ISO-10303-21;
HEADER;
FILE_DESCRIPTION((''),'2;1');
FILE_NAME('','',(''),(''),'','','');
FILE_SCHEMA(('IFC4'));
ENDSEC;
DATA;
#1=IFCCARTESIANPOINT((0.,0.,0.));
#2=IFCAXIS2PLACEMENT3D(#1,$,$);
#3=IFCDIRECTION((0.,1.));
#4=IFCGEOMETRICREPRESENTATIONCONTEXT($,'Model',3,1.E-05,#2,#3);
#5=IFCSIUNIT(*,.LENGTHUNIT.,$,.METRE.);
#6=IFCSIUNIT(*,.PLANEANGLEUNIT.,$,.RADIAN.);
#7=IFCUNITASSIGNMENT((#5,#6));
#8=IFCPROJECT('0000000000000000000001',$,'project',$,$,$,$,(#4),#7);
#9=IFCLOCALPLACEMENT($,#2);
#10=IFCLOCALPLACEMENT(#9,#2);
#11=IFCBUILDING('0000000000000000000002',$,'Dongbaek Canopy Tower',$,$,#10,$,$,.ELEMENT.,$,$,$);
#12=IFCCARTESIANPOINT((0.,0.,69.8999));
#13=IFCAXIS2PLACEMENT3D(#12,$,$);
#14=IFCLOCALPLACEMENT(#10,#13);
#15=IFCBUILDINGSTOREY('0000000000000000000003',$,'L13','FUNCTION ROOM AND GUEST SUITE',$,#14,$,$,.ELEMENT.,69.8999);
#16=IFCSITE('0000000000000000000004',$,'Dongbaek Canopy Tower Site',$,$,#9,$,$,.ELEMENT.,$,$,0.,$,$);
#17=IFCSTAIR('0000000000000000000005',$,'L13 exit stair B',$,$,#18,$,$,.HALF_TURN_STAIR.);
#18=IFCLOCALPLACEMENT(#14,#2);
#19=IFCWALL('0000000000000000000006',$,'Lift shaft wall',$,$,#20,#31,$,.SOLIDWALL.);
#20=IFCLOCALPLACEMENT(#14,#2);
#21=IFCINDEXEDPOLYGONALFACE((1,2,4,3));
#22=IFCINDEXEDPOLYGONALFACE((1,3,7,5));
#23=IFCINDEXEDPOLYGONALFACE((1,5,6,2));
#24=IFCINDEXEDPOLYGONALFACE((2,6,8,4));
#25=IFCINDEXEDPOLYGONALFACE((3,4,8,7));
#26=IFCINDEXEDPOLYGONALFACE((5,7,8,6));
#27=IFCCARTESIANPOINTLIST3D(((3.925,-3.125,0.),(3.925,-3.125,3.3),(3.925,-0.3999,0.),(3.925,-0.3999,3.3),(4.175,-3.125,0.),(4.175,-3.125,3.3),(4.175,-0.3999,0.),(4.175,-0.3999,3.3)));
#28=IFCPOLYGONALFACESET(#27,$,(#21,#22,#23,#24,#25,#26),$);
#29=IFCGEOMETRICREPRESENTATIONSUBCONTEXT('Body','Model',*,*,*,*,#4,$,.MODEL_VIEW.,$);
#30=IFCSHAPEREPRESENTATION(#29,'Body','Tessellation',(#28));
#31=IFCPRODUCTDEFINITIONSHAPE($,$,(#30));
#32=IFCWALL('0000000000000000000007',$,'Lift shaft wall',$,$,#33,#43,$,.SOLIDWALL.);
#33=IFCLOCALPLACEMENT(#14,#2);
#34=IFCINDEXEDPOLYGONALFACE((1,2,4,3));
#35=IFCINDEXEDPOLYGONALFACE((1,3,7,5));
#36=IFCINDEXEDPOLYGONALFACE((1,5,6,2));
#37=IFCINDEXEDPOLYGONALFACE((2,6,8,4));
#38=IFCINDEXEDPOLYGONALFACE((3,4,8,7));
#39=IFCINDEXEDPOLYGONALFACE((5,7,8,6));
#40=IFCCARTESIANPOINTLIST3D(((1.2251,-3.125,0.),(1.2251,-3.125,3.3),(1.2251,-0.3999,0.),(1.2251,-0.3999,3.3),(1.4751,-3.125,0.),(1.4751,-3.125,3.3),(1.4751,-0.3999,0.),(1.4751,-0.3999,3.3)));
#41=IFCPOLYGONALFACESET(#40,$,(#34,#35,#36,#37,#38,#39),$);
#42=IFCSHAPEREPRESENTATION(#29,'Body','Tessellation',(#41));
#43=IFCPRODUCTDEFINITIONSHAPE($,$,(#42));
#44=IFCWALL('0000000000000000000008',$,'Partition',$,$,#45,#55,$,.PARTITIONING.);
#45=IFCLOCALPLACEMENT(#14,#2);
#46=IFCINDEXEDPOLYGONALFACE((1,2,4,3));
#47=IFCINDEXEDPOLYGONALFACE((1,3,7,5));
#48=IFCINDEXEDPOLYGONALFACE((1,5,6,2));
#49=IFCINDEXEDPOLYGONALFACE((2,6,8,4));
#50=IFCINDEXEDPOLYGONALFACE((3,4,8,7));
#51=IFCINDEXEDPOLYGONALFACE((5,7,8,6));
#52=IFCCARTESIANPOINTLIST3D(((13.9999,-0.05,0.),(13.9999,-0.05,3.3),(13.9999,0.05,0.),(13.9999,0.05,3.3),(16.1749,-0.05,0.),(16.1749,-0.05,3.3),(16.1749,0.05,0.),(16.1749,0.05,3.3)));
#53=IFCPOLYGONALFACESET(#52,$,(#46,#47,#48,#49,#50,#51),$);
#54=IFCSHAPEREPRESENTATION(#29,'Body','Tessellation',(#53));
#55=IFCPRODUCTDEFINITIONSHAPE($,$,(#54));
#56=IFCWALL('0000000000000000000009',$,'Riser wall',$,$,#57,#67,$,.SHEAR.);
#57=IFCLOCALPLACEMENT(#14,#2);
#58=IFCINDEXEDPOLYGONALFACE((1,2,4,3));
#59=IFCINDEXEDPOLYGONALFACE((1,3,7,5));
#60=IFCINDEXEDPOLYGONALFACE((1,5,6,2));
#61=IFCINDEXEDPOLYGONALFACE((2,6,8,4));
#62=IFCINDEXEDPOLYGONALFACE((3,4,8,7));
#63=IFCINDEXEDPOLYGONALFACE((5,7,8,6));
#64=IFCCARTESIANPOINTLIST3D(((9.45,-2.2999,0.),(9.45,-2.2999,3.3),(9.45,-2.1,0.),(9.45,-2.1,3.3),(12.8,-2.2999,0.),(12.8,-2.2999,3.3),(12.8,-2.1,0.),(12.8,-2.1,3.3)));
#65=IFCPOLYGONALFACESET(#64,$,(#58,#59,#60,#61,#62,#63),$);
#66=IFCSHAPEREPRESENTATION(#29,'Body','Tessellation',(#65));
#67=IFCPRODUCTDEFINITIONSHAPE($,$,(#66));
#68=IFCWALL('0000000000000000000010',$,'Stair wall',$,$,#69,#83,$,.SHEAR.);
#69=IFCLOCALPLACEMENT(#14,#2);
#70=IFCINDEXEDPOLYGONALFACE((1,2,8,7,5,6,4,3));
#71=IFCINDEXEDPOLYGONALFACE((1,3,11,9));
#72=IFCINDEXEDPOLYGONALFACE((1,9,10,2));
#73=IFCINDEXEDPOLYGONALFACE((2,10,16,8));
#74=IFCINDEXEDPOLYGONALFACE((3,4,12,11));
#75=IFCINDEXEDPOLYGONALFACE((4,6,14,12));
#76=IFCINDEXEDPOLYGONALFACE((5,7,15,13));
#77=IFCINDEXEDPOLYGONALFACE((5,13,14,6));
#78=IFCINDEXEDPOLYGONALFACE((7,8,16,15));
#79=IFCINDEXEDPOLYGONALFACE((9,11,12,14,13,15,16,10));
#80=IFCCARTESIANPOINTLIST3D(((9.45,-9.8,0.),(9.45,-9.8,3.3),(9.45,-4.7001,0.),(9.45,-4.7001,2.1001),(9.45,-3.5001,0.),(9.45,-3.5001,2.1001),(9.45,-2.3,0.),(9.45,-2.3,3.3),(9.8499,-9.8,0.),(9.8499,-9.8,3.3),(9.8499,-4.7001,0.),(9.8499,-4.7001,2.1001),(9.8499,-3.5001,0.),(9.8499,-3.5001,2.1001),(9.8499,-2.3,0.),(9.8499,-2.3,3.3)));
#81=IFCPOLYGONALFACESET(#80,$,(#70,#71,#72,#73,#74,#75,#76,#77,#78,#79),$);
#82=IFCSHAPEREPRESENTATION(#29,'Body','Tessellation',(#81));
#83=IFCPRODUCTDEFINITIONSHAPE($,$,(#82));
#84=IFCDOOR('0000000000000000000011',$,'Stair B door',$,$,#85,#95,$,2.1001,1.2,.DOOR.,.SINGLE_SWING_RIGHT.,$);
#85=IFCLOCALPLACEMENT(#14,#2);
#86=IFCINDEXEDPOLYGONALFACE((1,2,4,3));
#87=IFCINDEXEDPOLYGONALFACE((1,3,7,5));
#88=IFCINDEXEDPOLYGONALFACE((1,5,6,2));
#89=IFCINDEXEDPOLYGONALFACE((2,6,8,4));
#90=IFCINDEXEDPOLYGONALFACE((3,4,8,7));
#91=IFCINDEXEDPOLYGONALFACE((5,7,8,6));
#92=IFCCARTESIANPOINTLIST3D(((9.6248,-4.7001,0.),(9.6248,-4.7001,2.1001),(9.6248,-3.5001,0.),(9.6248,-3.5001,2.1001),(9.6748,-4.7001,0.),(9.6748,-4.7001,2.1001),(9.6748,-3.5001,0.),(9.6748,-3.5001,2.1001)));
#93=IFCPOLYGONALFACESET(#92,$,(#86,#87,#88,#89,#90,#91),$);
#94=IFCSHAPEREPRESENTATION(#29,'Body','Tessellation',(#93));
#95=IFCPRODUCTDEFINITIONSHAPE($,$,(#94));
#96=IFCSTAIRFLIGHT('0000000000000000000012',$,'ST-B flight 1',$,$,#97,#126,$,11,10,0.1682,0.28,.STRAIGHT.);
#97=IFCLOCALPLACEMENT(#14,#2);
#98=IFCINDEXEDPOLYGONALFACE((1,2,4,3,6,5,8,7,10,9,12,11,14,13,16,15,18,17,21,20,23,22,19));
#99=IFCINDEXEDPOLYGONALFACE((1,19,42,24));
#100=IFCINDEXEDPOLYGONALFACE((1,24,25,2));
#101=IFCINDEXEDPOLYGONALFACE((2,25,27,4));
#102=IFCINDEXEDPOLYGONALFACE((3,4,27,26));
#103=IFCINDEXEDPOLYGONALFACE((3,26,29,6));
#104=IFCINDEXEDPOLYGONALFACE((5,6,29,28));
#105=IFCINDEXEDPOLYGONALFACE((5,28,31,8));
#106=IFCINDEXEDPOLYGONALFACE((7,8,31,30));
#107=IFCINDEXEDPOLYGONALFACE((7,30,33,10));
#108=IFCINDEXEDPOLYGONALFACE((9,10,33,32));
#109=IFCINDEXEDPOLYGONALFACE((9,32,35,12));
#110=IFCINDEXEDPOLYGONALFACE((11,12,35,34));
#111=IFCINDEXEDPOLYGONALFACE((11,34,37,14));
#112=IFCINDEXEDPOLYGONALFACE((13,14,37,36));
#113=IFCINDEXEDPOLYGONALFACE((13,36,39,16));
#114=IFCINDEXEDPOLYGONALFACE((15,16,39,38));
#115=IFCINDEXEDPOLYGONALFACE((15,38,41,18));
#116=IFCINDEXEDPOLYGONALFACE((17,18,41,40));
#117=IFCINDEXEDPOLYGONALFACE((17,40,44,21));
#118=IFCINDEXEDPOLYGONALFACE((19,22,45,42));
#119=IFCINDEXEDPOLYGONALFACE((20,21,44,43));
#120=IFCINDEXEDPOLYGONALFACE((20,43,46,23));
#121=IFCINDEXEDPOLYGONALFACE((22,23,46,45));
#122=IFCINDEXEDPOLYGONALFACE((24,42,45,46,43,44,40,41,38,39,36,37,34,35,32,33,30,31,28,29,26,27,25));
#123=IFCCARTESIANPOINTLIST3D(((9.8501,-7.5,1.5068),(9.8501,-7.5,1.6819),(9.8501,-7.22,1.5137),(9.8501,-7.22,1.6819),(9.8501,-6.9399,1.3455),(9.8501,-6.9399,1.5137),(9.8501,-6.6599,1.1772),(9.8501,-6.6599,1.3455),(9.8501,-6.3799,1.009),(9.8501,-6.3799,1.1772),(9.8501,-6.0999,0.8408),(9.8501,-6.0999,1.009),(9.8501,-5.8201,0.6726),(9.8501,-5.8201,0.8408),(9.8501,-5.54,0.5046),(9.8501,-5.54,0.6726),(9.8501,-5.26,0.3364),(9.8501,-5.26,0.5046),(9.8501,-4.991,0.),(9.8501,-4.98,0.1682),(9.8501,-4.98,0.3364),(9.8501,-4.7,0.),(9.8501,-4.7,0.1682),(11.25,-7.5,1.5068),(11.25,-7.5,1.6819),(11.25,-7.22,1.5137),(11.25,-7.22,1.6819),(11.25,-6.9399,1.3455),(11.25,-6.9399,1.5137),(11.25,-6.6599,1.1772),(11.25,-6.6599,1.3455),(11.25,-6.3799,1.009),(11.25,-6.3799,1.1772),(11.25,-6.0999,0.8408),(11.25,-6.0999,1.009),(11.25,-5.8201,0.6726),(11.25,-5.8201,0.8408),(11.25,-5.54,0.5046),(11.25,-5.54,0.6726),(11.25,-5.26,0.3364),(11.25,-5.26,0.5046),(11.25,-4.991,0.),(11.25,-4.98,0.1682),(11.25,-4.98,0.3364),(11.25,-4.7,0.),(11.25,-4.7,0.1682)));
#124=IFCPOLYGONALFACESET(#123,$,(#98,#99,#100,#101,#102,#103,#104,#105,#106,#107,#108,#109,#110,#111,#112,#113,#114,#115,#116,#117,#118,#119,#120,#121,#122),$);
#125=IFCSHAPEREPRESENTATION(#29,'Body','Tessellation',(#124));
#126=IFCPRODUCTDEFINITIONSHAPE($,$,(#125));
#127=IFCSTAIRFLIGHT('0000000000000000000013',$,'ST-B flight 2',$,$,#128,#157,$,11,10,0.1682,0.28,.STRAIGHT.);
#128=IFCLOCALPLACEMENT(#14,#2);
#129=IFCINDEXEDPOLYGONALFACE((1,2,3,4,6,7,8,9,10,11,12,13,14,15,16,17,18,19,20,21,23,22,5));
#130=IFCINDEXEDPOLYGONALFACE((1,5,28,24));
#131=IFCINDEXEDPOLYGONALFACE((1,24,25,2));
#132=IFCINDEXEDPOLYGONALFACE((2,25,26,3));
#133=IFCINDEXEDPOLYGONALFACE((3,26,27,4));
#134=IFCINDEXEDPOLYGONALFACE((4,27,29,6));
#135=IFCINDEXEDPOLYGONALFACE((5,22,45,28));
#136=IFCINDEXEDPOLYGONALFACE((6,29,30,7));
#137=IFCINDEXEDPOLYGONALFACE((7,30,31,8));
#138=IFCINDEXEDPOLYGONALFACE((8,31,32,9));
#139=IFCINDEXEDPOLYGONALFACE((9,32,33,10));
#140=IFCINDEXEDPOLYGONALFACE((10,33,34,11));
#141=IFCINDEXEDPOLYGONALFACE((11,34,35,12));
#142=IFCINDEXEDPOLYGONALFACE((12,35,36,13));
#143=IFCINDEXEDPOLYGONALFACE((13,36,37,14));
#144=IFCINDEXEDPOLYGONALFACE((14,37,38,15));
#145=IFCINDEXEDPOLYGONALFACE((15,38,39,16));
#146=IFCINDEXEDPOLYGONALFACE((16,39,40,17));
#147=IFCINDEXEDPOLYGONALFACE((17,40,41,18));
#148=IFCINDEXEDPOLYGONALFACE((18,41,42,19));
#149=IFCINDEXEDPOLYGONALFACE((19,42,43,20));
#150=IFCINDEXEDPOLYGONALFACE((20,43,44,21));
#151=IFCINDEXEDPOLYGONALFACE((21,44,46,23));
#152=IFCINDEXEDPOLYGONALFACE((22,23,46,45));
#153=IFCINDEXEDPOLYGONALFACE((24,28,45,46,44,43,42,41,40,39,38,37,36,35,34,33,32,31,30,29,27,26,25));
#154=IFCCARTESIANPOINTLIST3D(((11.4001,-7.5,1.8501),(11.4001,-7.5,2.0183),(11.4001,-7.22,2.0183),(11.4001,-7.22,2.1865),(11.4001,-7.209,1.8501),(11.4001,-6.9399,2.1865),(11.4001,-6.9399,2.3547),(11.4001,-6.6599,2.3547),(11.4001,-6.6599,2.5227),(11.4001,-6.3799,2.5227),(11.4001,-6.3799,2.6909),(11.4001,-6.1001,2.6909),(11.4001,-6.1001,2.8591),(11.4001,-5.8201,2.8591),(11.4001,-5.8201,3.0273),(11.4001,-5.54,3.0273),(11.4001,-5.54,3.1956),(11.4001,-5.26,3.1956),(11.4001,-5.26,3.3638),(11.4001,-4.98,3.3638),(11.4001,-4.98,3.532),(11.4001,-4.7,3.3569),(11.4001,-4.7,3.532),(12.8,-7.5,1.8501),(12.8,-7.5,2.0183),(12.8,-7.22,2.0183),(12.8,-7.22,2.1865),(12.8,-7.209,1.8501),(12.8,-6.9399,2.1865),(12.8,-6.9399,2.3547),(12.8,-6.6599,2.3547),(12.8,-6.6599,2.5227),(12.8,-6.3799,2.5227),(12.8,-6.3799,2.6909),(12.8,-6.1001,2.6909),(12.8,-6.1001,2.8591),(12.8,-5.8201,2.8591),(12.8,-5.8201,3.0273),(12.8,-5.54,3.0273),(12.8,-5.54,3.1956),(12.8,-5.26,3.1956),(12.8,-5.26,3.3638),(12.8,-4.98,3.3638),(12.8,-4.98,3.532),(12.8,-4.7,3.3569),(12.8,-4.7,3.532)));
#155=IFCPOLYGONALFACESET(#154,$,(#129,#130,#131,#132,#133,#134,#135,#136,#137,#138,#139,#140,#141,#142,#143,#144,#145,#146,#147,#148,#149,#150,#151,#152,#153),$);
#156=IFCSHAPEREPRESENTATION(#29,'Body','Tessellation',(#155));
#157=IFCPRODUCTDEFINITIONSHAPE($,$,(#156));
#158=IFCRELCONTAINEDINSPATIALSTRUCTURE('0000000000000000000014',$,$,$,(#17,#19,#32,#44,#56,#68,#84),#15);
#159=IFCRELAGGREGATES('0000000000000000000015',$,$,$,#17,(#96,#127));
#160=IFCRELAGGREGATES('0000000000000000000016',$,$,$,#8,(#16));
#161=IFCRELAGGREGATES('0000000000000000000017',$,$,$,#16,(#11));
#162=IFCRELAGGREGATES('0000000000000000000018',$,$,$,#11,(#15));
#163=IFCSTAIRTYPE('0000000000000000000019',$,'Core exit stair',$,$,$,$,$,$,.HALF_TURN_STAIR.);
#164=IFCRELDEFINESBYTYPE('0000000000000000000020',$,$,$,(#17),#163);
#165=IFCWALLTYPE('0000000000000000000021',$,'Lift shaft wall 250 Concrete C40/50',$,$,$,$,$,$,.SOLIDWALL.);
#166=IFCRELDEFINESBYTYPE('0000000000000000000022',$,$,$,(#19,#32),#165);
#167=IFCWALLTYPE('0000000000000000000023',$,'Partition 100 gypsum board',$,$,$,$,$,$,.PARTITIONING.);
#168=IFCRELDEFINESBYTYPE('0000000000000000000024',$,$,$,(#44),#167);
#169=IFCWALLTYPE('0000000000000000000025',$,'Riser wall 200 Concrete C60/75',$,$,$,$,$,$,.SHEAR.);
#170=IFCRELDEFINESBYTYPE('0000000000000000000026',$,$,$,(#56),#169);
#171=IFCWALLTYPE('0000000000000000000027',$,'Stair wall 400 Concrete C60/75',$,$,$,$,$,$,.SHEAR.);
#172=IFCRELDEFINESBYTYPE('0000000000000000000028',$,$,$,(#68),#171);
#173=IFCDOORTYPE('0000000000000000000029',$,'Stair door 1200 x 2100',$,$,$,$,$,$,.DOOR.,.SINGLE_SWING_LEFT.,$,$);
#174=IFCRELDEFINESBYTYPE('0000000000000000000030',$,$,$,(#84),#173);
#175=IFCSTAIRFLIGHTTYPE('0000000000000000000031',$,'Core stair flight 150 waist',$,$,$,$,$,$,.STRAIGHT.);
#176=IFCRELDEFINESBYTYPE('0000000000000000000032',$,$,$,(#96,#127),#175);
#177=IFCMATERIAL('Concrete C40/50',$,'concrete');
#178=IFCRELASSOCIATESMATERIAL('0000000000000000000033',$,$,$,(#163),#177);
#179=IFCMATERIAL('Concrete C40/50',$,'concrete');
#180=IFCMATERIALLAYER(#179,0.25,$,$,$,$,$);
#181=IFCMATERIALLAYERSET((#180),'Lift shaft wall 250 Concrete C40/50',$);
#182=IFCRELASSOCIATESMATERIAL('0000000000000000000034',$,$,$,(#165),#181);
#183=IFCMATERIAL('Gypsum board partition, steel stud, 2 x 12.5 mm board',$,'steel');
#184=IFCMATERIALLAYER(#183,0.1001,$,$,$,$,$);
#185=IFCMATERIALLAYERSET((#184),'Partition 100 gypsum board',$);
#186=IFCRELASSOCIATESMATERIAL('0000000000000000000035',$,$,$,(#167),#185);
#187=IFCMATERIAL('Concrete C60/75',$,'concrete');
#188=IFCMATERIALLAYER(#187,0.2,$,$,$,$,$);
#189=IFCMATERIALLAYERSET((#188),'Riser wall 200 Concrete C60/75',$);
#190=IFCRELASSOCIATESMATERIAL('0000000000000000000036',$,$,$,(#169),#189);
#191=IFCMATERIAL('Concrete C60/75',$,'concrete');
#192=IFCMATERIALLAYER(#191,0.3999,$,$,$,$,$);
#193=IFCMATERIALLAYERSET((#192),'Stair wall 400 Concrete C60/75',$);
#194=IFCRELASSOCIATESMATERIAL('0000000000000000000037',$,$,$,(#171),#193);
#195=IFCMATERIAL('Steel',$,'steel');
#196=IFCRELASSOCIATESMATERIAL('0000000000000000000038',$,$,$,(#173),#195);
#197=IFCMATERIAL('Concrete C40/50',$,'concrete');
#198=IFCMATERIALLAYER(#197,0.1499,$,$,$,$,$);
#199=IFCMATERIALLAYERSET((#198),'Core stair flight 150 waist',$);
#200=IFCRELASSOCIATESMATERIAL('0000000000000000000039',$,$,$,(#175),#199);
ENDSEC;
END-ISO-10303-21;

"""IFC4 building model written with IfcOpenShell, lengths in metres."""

from ifc_helpers import new_model, si_unit, direction, frame, frame_2d, origin, place, context, subcontext, project, spatial, polyline, rectangle, outline, extrude, material, layer, layer_set, type_object, element, fill, aggregate, save


model = new_model("IFC4")

# Units and contexts
model_context = context("Model", 3, precision=1e-05, world=origin(), true_north=direction((0.0, 1.0)))
body_context = subcontext(model_context, "Body", "Model", "MODEL_VIEW")
ifc_project = project(units=[si_unit("LENGTHUNIT", "METRE"), si_unit("PLANEANGLEUNIT", "RADIAN")], contexts=[model_context])

# Site, building, storey
site_placement = place(None, origin())
site = spatial("IfcSite", under=ifc_project, at=site_placement, Name="Dongbaek Canopy Tower Site", CompositionType="ELEMENT", RefElevation=0.0)
building_placement = place(site_placement, origin())
building = spatial("IfcBuilding", under=site, at=building_placement, Name="Dongbaek Canopy Tower", CompositionType="ELEMENT")
storey_placement = place(building_placement, frame((0.0, 0.0, 69.8999)))
storey = spatial("IfcBuildingStorey", under=building, at=storey_placement, Name="L13", Description="FUNCTION ROOM AND GUEST SUITE", CompositionType="ELEMENT", Elevation=69.8999)

# Stair
ifc_material_1 = material(Name="Concrete C40/50", Category="concrete")
stair_type = type_object("IfcStairType", Name="Core exit stair", PredefinedType="HALF_TURN_STAIR", material=ifc_material_1)
stair_1_placement = place(storey_placement, origin())
stair_1 = element("IfcStair", 1, at=stair_1_placement, inside=storey, type_object=stair_type, Name="L13 exit stair B", PredefinedType="HALF_TURN_STAIR")

# Walls
ifc_material_2 = material(Name="Concrete C40/50", Category="concrete")
ifc_layer_1 = layer(ifc_material_2, 0.25)
ifc_layer_set_1 = layer_set([ifc_layer_1], Name="Lift shaft wall 250 Concrete C40/50")
wall_type_1 = type_object("IfcWallType", Name="Lift shaft wall 250 Concrete C40/50", PredefinedType="SOLIDWALL", material=ifc_layer_set_1)
for number, where, z_axis, x_axis, name in (
    (2, (4.05, -3.125, 0.0), (0.0, 0.0, 1.0), (0.0, 1.0, 0.0), "Lift shaft wall"),
    (3, (1.3501, -3.125, 0.0), (0.0, 0.0, 1.0), (0.0, 1.0, 0.0), "Lift shaft wall"),
):
    element("IfcWall", number, at=place(storey_placement, frame(where, z_axis=z_axis, x_axis=x_axis)), inside=storey, type_object=wall_type_1, Name=name, PredefinedType="SOLIDWALL", context=body_context, shape_type="SweptSolid", body=[
        extrude(rectangle(XDim=2.7251, YDim=0.25, at=frame_2d((1.3625, 0.0))), origin(), (0.0, 0.0, 1.0), 3.3),
    ])
ifc_material_3 = material(Name="Gypsum board partition, steel stud, 2 x 12.5 mm board", Category="steel")
ifc_layer_2 = layer(ifc_material_3, 0.1001)
ifc_layer_set_2 = layer_set([ifc_layer_2], Name="Partition 100 gypsum board")
wall_type_2 = type_object("IfcWallType", Name="Partition 100 gypsum board", PredefinedType="PARTITIONING", material=ifc_layer_set_2)
wall_1_placement = place(storey_placement, frame((14.0, 0.0, 0.0), z_axis=(0.0, 0.0, 1.0), x_axis=(1.0, 0.0, 0.0)))
element("IfcWall", 4, at=wall_1_placement, inside=storey, type_object=wall_type_2, Name="Partition", PredefinedType="PARTITIONING", context=body_context, shape_type="SweptSolid", body=[
    extrude(rectangle(XDim=2.175, YDim=0.1001, at=frame_2d((1.0874, 0.0))), origin(), (0.0, 0.0, 1.0), 3.3),
])
ifc_material_4 = material(Name="Concrete C60/75", Category="concrete")
ifc_layer_3 = layer(ifc_material_4, 0.2)
ifc_layer_set_3 = layer_set([ifc_layer_3], Name="Riser wall 200 Concrete C60/75")
wall_type_3 = type_object("IfcWallType", Name="Riser wall 200 Concrete C60/75", PredefinedType="SHEAR", material=ifc_layer_set_3)
wall_2_placement = place(storey_placement, frame((9.45, -2.2, 0.0), z_axis=(0.0, 0.0, 1.0), x_axis=(1.0, 0.0, 0.0)))
element("IfcWall", 5, at=wall_2_placement, inside=storey, type_object=wall_type_3, Name="Riser wall", PredefinedType="SHEAR", context=body_context, shape_type="SweptSolid", body=[
    extrude(rectangle(XDim=3.3501, YDim=0.2, at=frame_2d((1.675, 0.0))), origin(), (0.0, 0.0, 1.0), 3.3),
])

# Wall, opening, door
ifc_material_5 = material(Name="Concrete C60/75", Category="concrete")
ifc_layer_4 = layer(ifc_material_5, 0.3999)
ifc_layer_set_4 = layer_set([ifc_layer_4], Name="Stair wall 400 Concrete C60/75")
wall_type_4 = type_object("IfcWallType", Name="Stair wall 400 Concrete C60/75", PredefinedType="SHEAR", material=ifc_layer_set_4)
wall_3_placement = place(storey_placement, frame((9.6499, -2.3, 0.0), z_axis=(0.0, 0.0, 1.0), x_axis=(0.0, -1.0, 0.0)))
wall_3 = element("IfcWall", 6, at=wall_3_placement, inside=storey, type_object=wall_type_4, Name="Stair wall", PredefinedType="SHEAR", context=body_context, shape_type="SweptSolid", body=[
    extrude(rectangle(XDim=7.5, YDim=0.3999, at=frame_2d((3.75, 0.0))), origin(), (0.0, 0.0, 1.0), 3.3),
])
opening_1_placement = place(wall_3_placement, frame((1.2, 0.0, 0.0)))
opening_1 = element("IfcOpeningElement", 7, at=opening_1_placement, cuts=wall_3, PredefinedType="OPENING", context=body_context, shape_type="SweptSolid", body=[
    extrude(rectangle(XDim=1.2, YDim=2.1001, at=frame_2d((0.6001, 1.05))), frame((0.0, 0.21, 0.0), z_axis=(0.0, -1.0, 0.0), x_axis=(1.0, 0.0, 0.0)), (0.0, 0.0, 1.0), 0.4199),
])
ifc_material_6 = material(Name="Steel", Category="steel")
door_type_1 = type_object("IfcDoorType", Name="Stair door 1200 x 2100", OperationType="SINGLE_SWING_LEFT", PredefinedType="DOOR", material=ifc_material_6)
door_1_placement = place(opening_1_placement, origin())
door_1 = element("IfcDoor", 8, at=door_1_placement, inside=storey, type_object=door_type_1, Name="Stair B door", OperationType="SINGLE_SWING_RIGHT", OverallHeight=2.1001, OverallWidth=1.2, PredefinedType="DOOR", context=body_context, shape_type="SweptSolid", body=[
    extrude(rectangle(XDim=1.2, YDim=2.1001, at=frame_2d((0.6001, 1.05))), frame((0.0, 0.0249, 0.0), z_axis=(0.0, -1.0, 0.0), x_axis=(1.0, 0.0, 0.0)), (0.0, 0.0, 1.0), 0.05),
])
fill(opening_1, door_1)

# Stair flights
ifc_material_7 = material(Name="Concrete C40/50", Category="concrete")
ifc_layer_5 = layer(ifc_material_7, 0.1499)
ifc_layer_set_5 = layer_set([ifc_layer_5], Name="Core stair flight 150 waist")
stair_flight_type = type_object("IfcStairFlightType", Name="Core stair flight 150 waist", PredefinedType="STRAIGHT", material=ifc_layer_set_5)
stair_flight_1_placement = place(storey_placement, frame((10.55, -4.7, 0.0), z_axis=(0.0, 0.0, 1.0), x_axis=(0.0, -1.0, 0.0)))
stair_flight_1 = element("IfcStairFlight", 9, at=stair_flight_1_placement, type_object=stair_flight_type, Name="ST-B flight 1", NumberOfRisers=11, NumberOfTreads=10, PredefinedType="STRAIGHT", RiserHeight=0.1682, TreadLength=0.28, context=body_context, shape_type="SweptSolid", body=[
    extrude(outline(polyline([(0.0, 0.0), (0.0, 0.1682), (0.28, 0.1682), (0.28, 0.3364), (0.5601, 0.3364), (0.5601, 0.5046), (0.8401, 0.5046), (0.8401, 0.6726), (1.1201, 0.6726), (1.1201, 0.8408), (1.3999, 0.8408), (1.3999, 1.009), (1.6799, 1.009), (1.6799, 1.1772), (1.96, 1.1772), (1.96, 1.3455), (2.24, 1.3455), (2.24, 1.5137), (2.52, 1.5137), (2.52, 1.6819), (2.8, 1.6819), (2.8, 1.8501), (2.8, 1.5068), (0.291, 0.0), (0.0, 0.0)])), frame((0.0, 0.7, 0.0), z_axis=(0.0, -1.0, 0.0), x_axis=(1.0, 0.0, 0.0)), (0.0, 0.0, 1.0), 1.3999),
])
stair_flight_2_placement = place(storey_placement, frame((12.1001, -7.5, 1.8501), z_axis=(0.0, 0.0, 1.0), x_axis=(0.0, 1.0, 0.0)))
stair_flight_2 = element("IfcStairFlight", 10, at=stair_flight_2_placement, type_object=stair_flight_type, Name="ST-B flight 2", NumberOfRisers=11, NumberOfTreads=10, PredefinedType="STRAIGHT", RiserHeight=0.1682, TreadLength=0.28, context=body_context, shape_type="SweptSolid", body=[
    extrude(outline(polyline([(0.0, 0.0), (0.0, 0.1682), (0.28, 0.1682), (0.28, 0.3364), (0.5601, 0.3364), (0.5601, 0.5046), (0.8401, 0.5046), (0.8401, 0.6726), (1.1201, 0.6726), (1.1201, 0.8408), (1.3999, 0.8408), (1.3999, 1.009), (1.6799, 1.009), (1.6799, 1.1772), (1.96, 1.1772), (1.96, 1.3455), (2.24, 1.3455), (2.24, 1.5137), (2.52, 1.5137), (2.52, 1.6819), (2.8, 1.6819), (2.8, 1.8501), (2.8, 1.5068), (0.291, 0.0), (0.0, 0.0)])), frame((0.0, 0.7, 0.0), z_axis=(0.0, -1.0, 0.0), x_axis=(1.0, 0.0, 0.0)), (0.0, 0.0, 1.0), 1.3999),
])
aggregate(stair_1, [stair_flight_1, stair_flight_2])

save(model, "model.ifc")
